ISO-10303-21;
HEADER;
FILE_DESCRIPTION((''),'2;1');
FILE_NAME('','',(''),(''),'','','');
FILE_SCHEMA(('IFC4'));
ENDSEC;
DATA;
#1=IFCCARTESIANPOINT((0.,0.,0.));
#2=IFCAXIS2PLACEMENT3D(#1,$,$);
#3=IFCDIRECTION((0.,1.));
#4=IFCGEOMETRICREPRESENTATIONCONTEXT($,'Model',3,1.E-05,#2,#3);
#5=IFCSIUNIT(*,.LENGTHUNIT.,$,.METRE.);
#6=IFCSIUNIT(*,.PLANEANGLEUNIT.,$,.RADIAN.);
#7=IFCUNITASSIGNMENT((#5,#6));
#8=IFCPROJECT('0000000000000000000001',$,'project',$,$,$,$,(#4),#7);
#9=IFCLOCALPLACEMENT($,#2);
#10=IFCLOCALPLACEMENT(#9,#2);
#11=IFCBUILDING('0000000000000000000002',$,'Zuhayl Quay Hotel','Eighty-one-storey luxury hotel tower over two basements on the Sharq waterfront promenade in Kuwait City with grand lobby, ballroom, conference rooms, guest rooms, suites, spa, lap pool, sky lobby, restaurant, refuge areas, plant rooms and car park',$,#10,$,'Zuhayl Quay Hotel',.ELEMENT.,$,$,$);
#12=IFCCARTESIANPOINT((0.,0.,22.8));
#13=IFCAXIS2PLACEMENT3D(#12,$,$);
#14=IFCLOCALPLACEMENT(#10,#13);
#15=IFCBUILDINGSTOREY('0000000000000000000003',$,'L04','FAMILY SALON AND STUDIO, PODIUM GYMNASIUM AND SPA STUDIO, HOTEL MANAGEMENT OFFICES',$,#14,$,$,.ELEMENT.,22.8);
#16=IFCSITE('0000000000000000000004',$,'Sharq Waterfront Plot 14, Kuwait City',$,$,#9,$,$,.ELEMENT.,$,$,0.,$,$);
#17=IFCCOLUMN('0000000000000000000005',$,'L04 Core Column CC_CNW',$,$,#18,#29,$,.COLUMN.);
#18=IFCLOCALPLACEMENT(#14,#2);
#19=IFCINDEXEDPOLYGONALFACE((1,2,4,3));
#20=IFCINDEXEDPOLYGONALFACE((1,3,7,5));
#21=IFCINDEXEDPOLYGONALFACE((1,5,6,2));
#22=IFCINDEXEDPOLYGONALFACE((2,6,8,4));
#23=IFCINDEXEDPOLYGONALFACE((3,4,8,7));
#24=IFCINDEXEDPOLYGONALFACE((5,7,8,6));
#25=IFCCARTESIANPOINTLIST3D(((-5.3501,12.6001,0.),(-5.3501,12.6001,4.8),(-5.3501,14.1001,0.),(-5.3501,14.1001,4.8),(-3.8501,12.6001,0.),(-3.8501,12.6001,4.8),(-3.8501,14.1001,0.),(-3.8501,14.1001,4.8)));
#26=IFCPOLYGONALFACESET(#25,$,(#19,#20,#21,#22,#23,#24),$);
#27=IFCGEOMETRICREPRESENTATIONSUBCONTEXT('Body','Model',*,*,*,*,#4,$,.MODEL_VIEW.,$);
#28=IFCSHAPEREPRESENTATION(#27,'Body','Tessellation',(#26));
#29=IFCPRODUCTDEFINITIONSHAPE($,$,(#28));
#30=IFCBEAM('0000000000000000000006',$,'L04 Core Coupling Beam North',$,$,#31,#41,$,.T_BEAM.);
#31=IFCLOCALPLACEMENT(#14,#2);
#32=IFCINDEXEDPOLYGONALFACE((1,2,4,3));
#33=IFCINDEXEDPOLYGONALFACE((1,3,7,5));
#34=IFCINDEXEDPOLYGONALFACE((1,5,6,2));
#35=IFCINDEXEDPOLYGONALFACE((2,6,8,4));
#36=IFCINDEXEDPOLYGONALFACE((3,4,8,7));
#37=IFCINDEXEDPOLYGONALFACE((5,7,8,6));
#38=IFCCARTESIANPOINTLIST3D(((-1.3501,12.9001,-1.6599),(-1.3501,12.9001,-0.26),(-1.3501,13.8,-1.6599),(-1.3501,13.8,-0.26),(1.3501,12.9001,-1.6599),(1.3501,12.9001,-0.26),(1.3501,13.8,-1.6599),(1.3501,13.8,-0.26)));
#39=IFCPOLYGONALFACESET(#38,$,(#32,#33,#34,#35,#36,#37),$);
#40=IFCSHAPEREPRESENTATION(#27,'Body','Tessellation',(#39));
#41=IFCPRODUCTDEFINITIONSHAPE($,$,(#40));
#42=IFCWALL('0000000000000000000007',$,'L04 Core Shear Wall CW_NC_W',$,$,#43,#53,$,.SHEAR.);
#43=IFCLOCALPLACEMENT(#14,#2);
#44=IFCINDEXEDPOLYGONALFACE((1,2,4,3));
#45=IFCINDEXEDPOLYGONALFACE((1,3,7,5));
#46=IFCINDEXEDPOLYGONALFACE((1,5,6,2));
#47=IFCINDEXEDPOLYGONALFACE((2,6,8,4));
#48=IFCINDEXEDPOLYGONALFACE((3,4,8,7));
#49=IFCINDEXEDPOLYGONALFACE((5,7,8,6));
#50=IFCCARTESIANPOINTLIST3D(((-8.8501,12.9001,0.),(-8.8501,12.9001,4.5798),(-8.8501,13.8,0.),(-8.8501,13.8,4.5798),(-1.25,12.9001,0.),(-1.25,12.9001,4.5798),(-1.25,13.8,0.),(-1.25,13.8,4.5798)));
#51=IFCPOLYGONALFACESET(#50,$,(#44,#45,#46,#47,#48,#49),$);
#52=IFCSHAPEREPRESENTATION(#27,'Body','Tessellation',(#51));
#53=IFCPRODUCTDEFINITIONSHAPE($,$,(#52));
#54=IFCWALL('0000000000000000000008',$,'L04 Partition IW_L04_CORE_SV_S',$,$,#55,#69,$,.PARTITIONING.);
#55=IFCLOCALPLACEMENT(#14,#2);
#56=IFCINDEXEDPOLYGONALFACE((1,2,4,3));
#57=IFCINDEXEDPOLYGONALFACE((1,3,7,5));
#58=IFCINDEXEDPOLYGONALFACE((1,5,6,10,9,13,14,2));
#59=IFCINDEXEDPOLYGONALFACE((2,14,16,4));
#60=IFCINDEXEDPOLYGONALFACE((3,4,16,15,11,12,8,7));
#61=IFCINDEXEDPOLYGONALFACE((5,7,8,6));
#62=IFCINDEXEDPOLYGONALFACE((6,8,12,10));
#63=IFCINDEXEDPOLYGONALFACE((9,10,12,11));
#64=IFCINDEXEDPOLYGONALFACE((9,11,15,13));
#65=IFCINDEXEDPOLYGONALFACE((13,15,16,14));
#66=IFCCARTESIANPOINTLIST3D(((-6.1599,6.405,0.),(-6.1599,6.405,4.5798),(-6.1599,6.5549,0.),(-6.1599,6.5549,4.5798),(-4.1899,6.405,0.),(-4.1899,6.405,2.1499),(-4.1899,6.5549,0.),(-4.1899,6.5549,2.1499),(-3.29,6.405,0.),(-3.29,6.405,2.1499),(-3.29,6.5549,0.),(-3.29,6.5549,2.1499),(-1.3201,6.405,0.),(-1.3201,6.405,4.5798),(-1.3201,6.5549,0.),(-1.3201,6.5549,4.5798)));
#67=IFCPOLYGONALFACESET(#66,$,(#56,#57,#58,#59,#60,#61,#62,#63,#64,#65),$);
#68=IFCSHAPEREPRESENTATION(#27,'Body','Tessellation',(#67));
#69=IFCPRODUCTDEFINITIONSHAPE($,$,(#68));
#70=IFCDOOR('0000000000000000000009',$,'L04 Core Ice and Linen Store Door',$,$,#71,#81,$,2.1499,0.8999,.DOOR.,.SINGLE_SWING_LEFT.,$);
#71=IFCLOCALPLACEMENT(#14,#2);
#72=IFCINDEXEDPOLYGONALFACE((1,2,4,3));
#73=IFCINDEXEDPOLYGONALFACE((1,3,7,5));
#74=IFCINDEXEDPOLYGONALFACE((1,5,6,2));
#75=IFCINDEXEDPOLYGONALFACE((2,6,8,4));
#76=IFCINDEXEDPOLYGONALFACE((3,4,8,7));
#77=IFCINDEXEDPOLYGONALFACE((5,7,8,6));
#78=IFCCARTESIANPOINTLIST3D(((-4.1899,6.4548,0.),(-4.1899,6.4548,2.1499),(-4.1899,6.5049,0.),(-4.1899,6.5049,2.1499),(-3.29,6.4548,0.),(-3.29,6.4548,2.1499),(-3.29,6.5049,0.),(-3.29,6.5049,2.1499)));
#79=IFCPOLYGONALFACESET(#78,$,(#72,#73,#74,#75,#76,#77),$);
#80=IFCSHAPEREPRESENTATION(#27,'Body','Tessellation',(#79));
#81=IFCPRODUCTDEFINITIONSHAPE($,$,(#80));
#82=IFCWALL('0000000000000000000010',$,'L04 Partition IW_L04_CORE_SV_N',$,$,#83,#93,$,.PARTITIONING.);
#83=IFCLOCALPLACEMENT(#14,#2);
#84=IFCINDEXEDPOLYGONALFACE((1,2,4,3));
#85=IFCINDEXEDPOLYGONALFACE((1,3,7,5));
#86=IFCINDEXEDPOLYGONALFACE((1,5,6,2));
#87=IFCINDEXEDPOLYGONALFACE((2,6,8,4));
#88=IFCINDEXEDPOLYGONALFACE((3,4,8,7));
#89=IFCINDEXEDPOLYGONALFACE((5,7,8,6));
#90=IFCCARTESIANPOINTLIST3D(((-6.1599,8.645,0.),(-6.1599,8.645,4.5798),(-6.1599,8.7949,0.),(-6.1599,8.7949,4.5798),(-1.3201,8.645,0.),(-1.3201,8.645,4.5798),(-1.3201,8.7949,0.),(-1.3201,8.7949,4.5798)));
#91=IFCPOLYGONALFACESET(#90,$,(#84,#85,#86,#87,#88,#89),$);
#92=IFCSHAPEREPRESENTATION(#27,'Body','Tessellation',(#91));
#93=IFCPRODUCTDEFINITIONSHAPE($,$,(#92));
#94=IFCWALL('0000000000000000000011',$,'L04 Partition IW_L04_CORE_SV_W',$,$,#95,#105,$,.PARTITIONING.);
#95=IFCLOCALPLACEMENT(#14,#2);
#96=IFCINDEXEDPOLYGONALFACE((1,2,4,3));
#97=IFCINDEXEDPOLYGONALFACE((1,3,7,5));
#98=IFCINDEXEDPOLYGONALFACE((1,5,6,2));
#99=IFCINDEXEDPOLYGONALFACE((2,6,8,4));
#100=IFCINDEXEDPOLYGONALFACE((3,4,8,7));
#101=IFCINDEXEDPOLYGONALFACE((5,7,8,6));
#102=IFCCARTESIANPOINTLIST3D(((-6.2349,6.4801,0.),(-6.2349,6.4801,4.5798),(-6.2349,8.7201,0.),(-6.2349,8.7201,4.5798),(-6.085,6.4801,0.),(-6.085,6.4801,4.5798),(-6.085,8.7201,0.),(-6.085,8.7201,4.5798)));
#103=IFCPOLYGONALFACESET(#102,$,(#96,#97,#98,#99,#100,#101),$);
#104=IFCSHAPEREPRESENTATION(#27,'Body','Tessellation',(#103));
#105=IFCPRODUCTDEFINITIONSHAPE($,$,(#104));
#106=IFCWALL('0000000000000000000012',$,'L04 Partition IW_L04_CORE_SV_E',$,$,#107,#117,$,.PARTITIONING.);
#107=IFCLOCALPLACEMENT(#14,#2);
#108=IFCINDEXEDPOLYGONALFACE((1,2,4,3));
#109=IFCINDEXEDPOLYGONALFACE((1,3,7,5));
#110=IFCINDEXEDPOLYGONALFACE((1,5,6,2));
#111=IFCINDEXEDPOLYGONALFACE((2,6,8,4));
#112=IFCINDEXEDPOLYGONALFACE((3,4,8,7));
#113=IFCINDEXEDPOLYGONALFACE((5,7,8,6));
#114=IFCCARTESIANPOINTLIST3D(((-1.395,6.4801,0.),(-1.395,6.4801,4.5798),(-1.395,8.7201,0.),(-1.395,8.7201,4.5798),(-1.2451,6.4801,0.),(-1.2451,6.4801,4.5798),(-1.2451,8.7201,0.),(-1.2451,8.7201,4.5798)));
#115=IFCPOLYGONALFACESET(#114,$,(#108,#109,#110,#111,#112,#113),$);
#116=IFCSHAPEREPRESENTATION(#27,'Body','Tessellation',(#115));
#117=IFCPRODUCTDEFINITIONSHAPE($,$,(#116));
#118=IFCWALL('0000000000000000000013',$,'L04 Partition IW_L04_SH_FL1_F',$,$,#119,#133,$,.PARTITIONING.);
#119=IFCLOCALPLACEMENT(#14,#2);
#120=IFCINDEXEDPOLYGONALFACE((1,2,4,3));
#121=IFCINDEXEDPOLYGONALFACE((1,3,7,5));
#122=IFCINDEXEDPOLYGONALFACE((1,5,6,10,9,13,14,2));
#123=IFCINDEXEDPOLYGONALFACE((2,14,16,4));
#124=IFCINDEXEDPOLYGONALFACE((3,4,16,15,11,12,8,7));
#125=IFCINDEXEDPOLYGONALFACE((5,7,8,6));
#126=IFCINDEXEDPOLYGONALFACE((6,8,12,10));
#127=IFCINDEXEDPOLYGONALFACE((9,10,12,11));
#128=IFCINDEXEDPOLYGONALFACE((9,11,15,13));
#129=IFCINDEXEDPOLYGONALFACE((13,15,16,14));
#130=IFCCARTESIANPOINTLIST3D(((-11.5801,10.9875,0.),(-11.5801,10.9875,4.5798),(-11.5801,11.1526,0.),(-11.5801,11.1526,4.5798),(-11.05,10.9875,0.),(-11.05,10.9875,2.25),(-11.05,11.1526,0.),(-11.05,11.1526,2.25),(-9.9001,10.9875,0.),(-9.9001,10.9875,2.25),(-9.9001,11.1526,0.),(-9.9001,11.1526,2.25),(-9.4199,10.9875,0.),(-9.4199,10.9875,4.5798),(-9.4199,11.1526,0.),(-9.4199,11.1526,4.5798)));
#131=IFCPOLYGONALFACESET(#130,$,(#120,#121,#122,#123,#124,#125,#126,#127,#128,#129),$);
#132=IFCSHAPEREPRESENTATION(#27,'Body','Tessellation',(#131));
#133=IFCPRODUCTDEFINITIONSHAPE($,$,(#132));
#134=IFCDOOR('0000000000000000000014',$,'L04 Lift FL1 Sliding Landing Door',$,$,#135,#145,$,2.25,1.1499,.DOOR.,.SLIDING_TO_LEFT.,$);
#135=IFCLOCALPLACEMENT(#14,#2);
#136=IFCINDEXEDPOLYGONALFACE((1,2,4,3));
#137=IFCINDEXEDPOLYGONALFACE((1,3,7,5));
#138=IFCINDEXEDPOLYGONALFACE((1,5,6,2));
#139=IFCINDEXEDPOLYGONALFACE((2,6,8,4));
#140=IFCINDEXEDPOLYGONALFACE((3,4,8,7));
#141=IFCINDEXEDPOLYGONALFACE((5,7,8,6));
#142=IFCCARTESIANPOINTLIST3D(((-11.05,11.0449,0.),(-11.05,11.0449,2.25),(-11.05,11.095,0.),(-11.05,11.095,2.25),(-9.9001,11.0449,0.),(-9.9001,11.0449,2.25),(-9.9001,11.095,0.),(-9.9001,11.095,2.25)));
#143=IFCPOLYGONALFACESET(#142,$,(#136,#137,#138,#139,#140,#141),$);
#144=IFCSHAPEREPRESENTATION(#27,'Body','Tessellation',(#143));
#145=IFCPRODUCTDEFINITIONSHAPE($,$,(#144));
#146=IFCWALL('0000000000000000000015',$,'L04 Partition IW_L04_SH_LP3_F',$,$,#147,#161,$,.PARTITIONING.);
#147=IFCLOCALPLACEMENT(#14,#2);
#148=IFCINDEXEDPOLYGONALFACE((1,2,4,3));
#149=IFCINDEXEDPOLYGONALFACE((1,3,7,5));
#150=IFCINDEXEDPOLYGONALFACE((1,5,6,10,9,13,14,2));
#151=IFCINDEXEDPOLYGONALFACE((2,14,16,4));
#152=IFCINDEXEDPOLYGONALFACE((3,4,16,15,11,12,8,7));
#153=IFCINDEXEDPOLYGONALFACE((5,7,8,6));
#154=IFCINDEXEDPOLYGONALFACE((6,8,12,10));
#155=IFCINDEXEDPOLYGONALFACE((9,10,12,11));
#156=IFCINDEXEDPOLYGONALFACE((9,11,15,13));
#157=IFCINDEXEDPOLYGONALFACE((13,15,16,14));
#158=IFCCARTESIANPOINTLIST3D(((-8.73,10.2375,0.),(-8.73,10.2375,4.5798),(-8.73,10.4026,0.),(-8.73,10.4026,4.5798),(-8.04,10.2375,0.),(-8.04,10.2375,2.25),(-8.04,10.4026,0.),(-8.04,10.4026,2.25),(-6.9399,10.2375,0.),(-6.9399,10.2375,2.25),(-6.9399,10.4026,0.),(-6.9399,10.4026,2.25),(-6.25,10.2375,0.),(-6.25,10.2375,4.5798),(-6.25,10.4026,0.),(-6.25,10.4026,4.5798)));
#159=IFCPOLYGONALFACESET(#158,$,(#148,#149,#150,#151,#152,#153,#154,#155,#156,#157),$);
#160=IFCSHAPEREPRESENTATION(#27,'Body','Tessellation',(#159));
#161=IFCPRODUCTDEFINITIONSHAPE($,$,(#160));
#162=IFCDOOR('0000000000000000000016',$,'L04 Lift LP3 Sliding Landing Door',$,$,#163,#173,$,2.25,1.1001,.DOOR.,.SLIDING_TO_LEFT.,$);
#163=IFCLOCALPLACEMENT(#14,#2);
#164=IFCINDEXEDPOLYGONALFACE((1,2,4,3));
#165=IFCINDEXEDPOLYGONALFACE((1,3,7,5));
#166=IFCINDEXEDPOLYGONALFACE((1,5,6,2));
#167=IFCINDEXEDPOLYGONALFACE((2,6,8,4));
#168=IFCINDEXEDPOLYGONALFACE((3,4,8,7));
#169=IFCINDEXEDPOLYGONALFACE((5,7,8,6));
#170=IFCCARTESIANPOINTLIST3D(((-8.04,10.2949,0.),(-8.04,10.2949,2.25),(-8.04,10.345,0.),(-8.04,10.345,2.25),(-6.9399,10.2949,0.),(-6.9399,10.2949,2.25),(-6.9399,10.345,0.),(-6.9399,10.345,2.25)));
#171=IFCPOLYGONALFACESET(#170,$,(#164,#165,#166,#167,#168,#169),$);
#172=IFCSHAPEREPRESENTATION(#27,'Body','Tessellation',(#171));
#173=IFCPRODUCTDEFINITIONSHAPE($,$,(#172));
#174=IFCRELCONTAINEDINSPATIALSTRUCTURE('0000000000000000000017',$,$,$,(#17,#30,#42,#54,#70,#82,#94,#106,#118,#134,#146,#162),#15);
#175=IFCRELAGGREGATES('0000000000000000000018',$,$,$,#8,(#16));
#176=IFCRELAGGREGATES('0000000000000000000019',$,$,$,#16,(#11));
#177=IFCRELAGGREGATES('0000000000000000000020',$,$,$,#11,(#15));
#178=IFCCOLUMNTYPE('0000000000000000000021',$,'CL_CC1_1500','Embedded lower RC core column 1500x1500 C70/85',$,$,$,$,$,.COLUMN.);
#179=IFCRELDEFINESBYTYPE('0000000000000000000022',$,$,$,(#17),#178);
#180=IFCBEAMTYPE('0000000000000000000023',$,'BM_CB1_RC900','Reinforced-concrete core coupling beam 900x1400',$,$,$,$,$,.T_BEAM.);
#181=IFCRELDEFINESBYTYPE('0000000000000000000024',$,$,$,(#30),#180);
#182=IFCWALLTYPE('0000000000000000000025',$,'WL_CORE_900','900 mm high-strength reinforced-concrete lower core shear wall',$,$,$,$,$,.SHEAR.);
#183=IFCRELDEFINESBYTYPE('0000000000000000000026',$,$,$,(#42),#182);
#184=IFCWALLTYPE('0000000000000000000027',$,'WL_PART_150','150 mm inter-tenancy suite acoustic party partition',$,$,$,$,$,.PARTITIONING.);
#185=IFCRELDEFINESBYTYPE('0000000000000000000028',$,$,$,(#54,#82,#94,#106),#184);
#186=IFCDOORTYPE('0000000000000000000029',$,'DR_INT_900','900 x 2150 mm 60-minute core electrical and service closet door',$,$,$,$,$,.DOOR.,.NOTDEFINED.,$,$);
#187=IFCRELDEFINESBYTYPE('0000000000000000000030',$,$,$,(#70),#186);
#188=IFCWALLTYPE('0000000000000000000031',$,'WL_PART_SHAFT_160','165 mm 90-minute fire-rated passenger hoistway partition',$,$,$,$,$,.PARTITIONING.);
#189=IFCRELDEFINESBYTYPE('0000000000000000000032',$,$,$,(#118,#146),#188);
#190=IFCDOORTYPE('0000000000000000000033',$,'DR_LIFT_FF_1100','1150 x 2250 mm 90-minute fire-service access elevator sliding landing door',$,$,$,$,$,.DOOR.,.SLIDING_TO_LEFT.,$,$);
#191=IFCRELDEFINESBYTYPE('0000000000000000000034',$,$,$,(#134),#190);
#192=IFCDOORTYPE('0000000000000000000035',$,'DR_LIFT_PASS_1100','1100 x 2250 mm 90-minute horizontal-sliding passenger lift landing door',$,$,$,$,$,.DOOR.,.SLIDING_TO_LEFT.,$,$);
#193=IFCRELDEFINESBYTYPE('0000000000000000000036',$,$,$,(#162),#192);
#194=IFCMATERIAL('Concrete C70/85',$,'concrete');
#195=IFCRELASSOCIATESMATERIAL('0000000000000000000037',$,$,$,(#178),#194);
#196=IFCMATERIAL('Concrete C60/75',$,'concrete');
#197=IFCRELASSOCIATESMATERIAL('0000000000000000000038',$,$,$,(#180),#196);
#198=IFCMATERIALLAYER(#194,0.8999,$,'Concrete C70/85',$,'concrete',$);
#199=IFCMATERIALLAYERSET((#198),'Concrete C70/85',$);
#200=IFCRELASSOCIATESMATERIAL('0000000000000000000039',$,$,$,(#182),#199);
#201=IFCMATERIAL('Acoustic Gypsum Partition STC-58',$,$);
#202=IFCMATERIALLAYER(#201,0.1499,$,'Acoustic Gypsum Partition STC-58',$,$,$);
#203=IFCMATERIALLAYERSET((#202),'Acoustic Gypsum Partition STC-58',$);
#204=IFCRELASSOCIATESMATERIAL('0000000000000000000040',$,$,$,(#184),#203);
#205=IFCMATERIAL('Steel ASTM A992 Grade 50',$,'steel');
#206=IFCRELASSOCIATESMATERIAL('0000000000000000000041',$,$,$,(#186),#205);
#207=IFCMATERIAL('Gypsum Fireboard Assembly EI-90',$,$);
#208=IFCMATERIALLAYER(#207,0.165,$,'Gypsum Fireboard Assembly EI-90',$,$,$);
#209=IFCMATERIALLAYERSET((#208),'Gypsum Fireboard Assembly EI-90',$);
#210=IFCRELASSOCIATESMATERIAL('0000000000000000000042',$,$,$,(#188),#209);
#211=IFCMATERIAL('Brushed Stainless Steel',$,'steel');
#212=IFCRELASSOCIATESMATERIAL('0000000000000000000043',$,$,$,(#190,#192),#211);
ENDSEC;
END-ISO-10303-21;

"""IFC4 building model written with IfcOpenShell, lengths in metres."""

from ifc_helpers import new_model, si_unit, direction, frame, frame_2d, origin, origin_2d, place, context, subcontext, project, spatial, rectangle, extrude, material, layer, layer_set, material_profile, profile_set, type_object, element, fill, save


model = new_model("IFC4")

# Units and contexts
model_context = context("Model", 3, precision=1e-05, world=origin(), true_north=direction((0.0, 1.0)))
body_context = subcontext(model_context, "Body", "Model", "MODEL_VIEW")
ifc_project = project(units=[si_unit("LENGTHUNIT", "METRE"), si_unit("PLANEANGLEUNIT", "RADIAN")], contexts=[model_context])

# Site, building, storey
site_placement = place(None, origin())
site = spatial("IfcSite", under=ifc_project, at=site_placement, Name="Sharq Waterfront Plot 14, Kuwait City", CompositionType="ELEMENT", RefElevation=0.0)
building_placement = place(site_placement, origin())
building = spatial("IfcBuilding", under=site, at=building_placement, Name="Zuhayl Quay Hotel", Description="Eighty-one-storey luxury hotel tower over two basements on the Sharq waterfront promenade in Kuwait City with grand lobby, ballroom, conference rooms, guest rooms, suites, spa, lap pool, sky lobby, restaurant, refuge areas, plant rooms and car park", LongName="Zuhayl Quay Hotel", CompositionType="ELEMENT")
storey_placement = place(building_placement, frame((0.0, 0.0, 22.8)))
storey = spatial("IfcBuildingStorey", under=building, at=storey_placement, Name="L04", Description="FAMILY SALON AND STUDIO, PODIUM GYMNASIUM AND SPA STUDIO, HOTEL MANAGEMENT OFFICES", CompositionType="ELEMENT", Elevation=22.8)

# Column
ifc_material_1 = material(Name="Concrete C70/85", Category="concrete")
ifc_material_profile_1 = material_profile(ifc_material_1, rectangle(XDim=1.5, YDim=1.5, at=origin_2d()), Name="RC1500X1500")
ifc_profile_set_1 = profile_set([ifc_material_profile_1], Name="Concrete C70/85")
column_type = type_object("IfcColumnType", Name="CL_CC1_1500", Description="Embedded lower RC core column 1500x1500 C70/85", PredefinedType="COLUMN", material=ifc_profile_set_1)
column_placement = place(storey_placement, frame((-4.6001, 13.3501, 0.0), z_axis=(0.0, 0.0, 1.0), x_axis=(1.0, 0.0, 0.0)))
element("IfcColumn", 1, at=column_placement, inside=storey, type_object=column_type, Name="L04 Core Column CC_CNW", PredefinedType="COLUMN", context=body_context, shape_type="SweptSolid", body=[
    extrude(rectangle(XDim=1.5, YDim=1.5, at=origin_2d()), origin(), (0.0, 0.0, 1.0), 4.8),
])

# Beam
ifc_material_2 = material(Name="Concrete C60/75", Category="concrete")
ifc_material_profile_2 = material_profile(ifc_material_2, rectangle(XDim=0.8999, YDim=1.3999, at=origin_2d()), Name="RC900X1400")
ifc_profile_set_2 = profile_set([ifc_material_profile_2], Name="Concrete C60/75")
beam_type = type_object("IfcBeamType", Name="BM_CB1_RC900", Description="Reinforced-concrete core coupling beam 900x1400", PredefinedType="T_BEAM", material=ifc_profile_set_2)
beam_placement = place(storey_placement, frame((-1.3501, 13.3501, -0.96), z_axis=(1.0, 0.0, 0.0), x_axis=(0.0, 1.0, 0.0)))
element("IfcBeam", 2, at=beam_placement, inside=storey, type_object=beam_type, Name="L04 Core Coupling Beam North", PredefinedType="T_BEAM", context=body_context, shape_type="SweptSolid", body=[
    extrude(rectangle(XDim=0.8999, YDim=1.3999, at=origin_2d()), origin(), (0.0, 0.0, 1.0), 2.7002),
])

# Wall
ifc_layer_1 = layer(ifc_material_1, 0.8999, Name="Concrete C70/85", Category="concrete")
ifc_layer_set_1 = layer_set([ifc_layer_1], Name="Concrete C70/85")
wall_type_1 = type_object("IfcWallType", Name="WL_CORE_900", Description="900 mm high-strength reinforced-concrete lower core shear wall", PredefinedType="SHEAR", material=ifc_layer_set_1)
wall_1_placement = place(storey_placement, frame((-8.8501, 13.3501, 0.0), z_axis=(0.0, 0.0, 1.0), x_axis=(1.0, 0.0, 0.0)))
element("IfcWall", 3, at=wall_1_placement, inside=storey, type_object=wall_type_1, Name="L04 Core Shear Wall CW_NC_W", PredefinedType="SHEAR", context=body_context, shape_type="SweptSolid", body=[
    extrude(rectangle(XDim=7.6001, YDim=0.8999, at=frame_2d((3.8, 0.0))), origin(), (0.0, 0.0, 1.0), 4.5798),
])

# Wall, opening, door
ifc_material_3 = material(Name="Acoustic Gypsum Partition STC-58")
ifc_layer_2 = layer(ifc_material_3, 0.1499, Name="Acoustic Gypsum Partition STC-58")
ifc_layer_set_2 = layer_set([ifc_layer_2], Name="Acoustic Gypsum Partition STC-58")
wall_type_2 = type_object("IfcWallType", Name="WL_PART_150", Description="150 mm inter-tenancy suite acoustic party partition", PredefinedType="PARTITIONING", material=ifc_layer_set_2)
wall_2_placement = place(storey_placement, frame((-6.1599, 6.48, 0.0), z_axis=(0.0, 0.0, 1.0), x_axis=(1.0, 0.0, 0.0)))
wall_2 = element("IfcWall", 4, at=wall_2_placement, inside=storey, type_object=wall_type_2, Name="L04 Partition IW_L04_CORE_SV_S", PredefinedType="PARTITIONING", context=body_context, shape_type="SweptSolid", body=[
    extrude(rectangle(XDim=4.8398, YDim=0.1499, at=frame_2d((2.4199, 0.0))), origin(), (0.0, 0.0, 1.0), 4.5798),
])
opening_1_placement = place(wall_2_placement, frame((1.97, 0.0, 0.0)))
opening_1 = element("IfcOpeningElement", 5, at=opening_1_placement, cuts=wall_2, PredefinedType="OPENING", context=body_context, shape_type="SweptSolid", body=[
    extrude(rectangle(XDim=0.8999, YDim=2.1499, at=frame_2d((0.45, 1.075))), frame((0.0, 0.085, 0.0), z_axis=(0.0, -1.0, 0.0), x_axis=(1.0, 0.0, 0.0)), (0.0, 0.0, 1.0), 0.1699),
])
ifc_material_4 = material(Name="Steel ASTM A992 Grade 50", Category="steel")
door_type_1 = type_object("IfcDoorType", Name="DR_INT_900", Description="900 x 2150 mm 60-minute core electrical and service closet door", OperationType="NOTDEFINED", PredefinedType="DOOR", material=ifc_material_4)
door_1_placement = place(opening_1_placement, origin())
door_1 = element("IfcDoor", 6, at=door_1_placement, inside=storey, type_object=door_type_1, Name="L04 Core Ice and Linen Store Door", OperationType="SINGLE_SWING_LEFT", OverallHeight=2.1499, OverallWidth=0.8999, PredefinedType="DOOR", context=body_context, shape_type="SweptSolid", body=[
    extrude(rectangle(XDim=0.8999, YDim=2.1499, at=frame_2d((0.45, 1.075))), frame((0.0, 0.0249, 0.0), z_axis=(0.0, -1.0, 0.0), x_axis=(1.0, 0.0, 0.0)), (0.0, 0.0, 1.0), 0.05),
])
fill(opening_1, door_1)

# Walls
wall_3_placement = place(storey_placement, frame((-6.1599, 8.72, 0.0), z_axis=(0.0, 0.0, 1.0), x_axis=(1.0, 0.0, 0.0)))
element("IfcWall", 7, at=wall_3_placement, inside=storey, type_object=wall_type_2, Name="L04 Partition IW_L04_CORE_SV_N", PredefinedType="PARTITIONING", context=body_context, shape_type="SweptSolid", body=[
    extrude(rectangle(XDim=4.8398, YDim=0.1499, at=frame_2d((2.4199, 0.0))), origin(), (0.0, 0.0, 1.0), 4.5798),
])
for number, where, z_axis, x_axis, name in (
    (8, (-6.1599, 6.48, 0.0), (0.0, 0.0, 1.0), (0.0, 1.0, 0.0), "L04 Partition IW_L04_CORE_SV_W"),
    (9, (-1.3201, 6.48, 0.0), (0.0, 0.0, 1.0), (0.0, 1.0, 0.0), "L04 Partition IW_L04_CORE_SV_E"),
):
    element("IfcWall", number, at=place(storey_placement, frame(where, z_axis=z_axis, x_axis=x_axis)), inside=storey, type_object=wall_type_2, Name=name, PredefinedType="PARTITIONING", context=body_context, shape_type="SweptSolid", body=[
        extrude(rectangle(XDim=2.24, YDim=0.1499, at=frame_2d((1.1201, 0.0))), origin(), (0.0, 0.0, 1.0), 4.5798),
    ])

# Walls, openings, doors
ifc_material_5 = material(Name="Gypsum Fireboard Assembly EI-90")
ifc_layer_3 = layer(ifc_material_5, 0.165, Name="Gypsum Fireboard Assembly EI-90")
ifc_layer_set_3 = layer_set([ifc_layer_3], Name="Gypsum Fireboard Assembly EI-90")
wall_type_3 = type_object("IfcWallType", Name="WL_PART_SHAFT_160", Description="165 mm 90-minute fire-rated passenger hoistway partition", PredefinedType="PARTITIONING", material=ifc_layer_set_3)
wall_4_placement = place(storey_placement, frame((-11.5801, 11.0701, 0.0), z_axis=(0.0, 0.0, 1.0), x_axis=(1.0, 0.0, 0.0)))
wall_4 = element("IfcWall", 10, at=wall_4_placement, inside=storey, type_object=wall_type_3, Name="L04 Partition IW_L04_SH_FL1_F", PredefinedType="PARTITIONING", context=body_context, shape_type="SweptSolid", body=[
    extrude(rectangle(XDim=2.1602, YDim=0.165, at=frame_2d((1.0801, 0.0))), origin(), (0.0, 0.0, 1.0), 4.5798),
])
opening_2_placement = place(wall_4_placement, frame((0.53, 0.0, 0.0)))
opening_2 = element("IfcOpeningElement", 11, at=opening_2_placement, cuts=wall_4, PredefinedType="OPENING", context=body_context, shape_type="SweptSolid", body=[
    extrude(rectangle(XDim=1.1499, YDim=2.25, at=frame_2d((0.575, 1.125))), frame((0.0, 0.0925, 0.0), z_axis=(0.0, -1.0, 0.0), x_axis=(1.0, 0.0, 0.0)), (0.0, 0.0, 1.0), 0.1851),
])
ifc_material_6 = material(Name="Brushed Stainless Steel", Category="steel")
door_type_2 = type_object("IfcDoorType", Name="DR_LIFT_FF_1100", Description="1150 x 2250 mm 90-minute fire-service access elevator sliding landing door", OperationType="SLIDING_TO_LEFT", PredefinedType="DOOR", material=ifc_material_6)
door_2_placement = place(opening_2_placement, origin())
door_2 = element("IfcDoor", 12, at=door_2_placement, inside=storey, type_object=door_type_2, Name="L04 Lift FL1 Sliding Landing Door", OperationType="SLIDING_TO_LEFT", OverallHeight=2.25, OverallWidth=1.1499, PredefinedType="DOOR", context=body_context, shape_type="SweptSolid", body=[
    extrude(rectangle(XDim=1.1499, YDim=2.25, at=frame_2d((0.575, 1.125))), frame((0.0, 0.0249, 0.0), z_axis=(0.0, -1.0, 0.0), x_axis=(1.0, 0.0, 0.0)), (0.0, 0.0, 1.0), 0.05),
])
fill(opening_2, door_2)
wall_5_placement = place(storey_placement, frame((-8.73, 10.3201, 0.0), z_axis=(0.0, 0.0, 1.0), x_axis=(1.0, 0.0, 0.0)))
wall_5 = element("IfcWall", 13, at=wall_5_placement, inside=storey, type_object=wall_type_3, Name="L04 Partition IW_L04_SH_LP3_F", PredefinedType="PARTITIONING", context=body_context, shape_type="SweptSolid", body=[
    extrude(rectangle(XDim=2.48, YDim=0.165, at=frame_2d((1.24, 0.0))), origin(), (0.0, 0.0, 1.0), 4.5798),
])
opening_3_placement = place(wall_5_placement, frame((0.6899, 0.0, 0.0)))
opening_3 = element("IfcOpeningElement", 14, at=opening_3_placement, cuts=wall_5, PredefinedType="OPENING", context=body_context, shape_type="SweptSolid", body=[
    extrude(rectangle(XDim=1.1001, YDim=2.25, at=frame_2d((0.55, 1.125))), frame((0.0, 0.0925, 0.0), z_axis=(0.0, -1.0, 0.0), x_axis=(1.0, 0.0, 0.0)), (0.0, 0.0, 1.0), 0.1851),
])
door_type_3 = type_object("IfcDoorType", Name="DR_LIFT_PASS_1100", Description="1100 x 2250 mm 90-minute horizontal-sliding passenger lift landing door", OperationType="SLIDING_TO_LEFT", PredefinedType="DOOR", material=ifc_material_6)
door_3_placement = place(opening_3_placement, origin())
door_3 = element("IfcDoor", 15, at=door_3_placement, inside=storey, type_object=door_type_3, Name="L04 Lift LP3 Sliding Landing Door", OperationType="SLIDING_TO_LEFT", OverallHeight=2.25, OverallWidth=1.1001, PredefinedType="DOOR", context=body_context, shape_type="SweptSolid", body=[
    extrude(rectangle(XDim=1.1001, YDim=2.25, at=frame_2d((0.55, 1.125))), frame((0.0, 0.0249, 0.0), z_axis=(0.0, -1.0, 0.0), x_axis=(1.0, 0.0, 0.0)), (0.0, 0.0, 1.0), 0.05),
])
fill(opening_3, door_3)

save(model, "model.ifc")
